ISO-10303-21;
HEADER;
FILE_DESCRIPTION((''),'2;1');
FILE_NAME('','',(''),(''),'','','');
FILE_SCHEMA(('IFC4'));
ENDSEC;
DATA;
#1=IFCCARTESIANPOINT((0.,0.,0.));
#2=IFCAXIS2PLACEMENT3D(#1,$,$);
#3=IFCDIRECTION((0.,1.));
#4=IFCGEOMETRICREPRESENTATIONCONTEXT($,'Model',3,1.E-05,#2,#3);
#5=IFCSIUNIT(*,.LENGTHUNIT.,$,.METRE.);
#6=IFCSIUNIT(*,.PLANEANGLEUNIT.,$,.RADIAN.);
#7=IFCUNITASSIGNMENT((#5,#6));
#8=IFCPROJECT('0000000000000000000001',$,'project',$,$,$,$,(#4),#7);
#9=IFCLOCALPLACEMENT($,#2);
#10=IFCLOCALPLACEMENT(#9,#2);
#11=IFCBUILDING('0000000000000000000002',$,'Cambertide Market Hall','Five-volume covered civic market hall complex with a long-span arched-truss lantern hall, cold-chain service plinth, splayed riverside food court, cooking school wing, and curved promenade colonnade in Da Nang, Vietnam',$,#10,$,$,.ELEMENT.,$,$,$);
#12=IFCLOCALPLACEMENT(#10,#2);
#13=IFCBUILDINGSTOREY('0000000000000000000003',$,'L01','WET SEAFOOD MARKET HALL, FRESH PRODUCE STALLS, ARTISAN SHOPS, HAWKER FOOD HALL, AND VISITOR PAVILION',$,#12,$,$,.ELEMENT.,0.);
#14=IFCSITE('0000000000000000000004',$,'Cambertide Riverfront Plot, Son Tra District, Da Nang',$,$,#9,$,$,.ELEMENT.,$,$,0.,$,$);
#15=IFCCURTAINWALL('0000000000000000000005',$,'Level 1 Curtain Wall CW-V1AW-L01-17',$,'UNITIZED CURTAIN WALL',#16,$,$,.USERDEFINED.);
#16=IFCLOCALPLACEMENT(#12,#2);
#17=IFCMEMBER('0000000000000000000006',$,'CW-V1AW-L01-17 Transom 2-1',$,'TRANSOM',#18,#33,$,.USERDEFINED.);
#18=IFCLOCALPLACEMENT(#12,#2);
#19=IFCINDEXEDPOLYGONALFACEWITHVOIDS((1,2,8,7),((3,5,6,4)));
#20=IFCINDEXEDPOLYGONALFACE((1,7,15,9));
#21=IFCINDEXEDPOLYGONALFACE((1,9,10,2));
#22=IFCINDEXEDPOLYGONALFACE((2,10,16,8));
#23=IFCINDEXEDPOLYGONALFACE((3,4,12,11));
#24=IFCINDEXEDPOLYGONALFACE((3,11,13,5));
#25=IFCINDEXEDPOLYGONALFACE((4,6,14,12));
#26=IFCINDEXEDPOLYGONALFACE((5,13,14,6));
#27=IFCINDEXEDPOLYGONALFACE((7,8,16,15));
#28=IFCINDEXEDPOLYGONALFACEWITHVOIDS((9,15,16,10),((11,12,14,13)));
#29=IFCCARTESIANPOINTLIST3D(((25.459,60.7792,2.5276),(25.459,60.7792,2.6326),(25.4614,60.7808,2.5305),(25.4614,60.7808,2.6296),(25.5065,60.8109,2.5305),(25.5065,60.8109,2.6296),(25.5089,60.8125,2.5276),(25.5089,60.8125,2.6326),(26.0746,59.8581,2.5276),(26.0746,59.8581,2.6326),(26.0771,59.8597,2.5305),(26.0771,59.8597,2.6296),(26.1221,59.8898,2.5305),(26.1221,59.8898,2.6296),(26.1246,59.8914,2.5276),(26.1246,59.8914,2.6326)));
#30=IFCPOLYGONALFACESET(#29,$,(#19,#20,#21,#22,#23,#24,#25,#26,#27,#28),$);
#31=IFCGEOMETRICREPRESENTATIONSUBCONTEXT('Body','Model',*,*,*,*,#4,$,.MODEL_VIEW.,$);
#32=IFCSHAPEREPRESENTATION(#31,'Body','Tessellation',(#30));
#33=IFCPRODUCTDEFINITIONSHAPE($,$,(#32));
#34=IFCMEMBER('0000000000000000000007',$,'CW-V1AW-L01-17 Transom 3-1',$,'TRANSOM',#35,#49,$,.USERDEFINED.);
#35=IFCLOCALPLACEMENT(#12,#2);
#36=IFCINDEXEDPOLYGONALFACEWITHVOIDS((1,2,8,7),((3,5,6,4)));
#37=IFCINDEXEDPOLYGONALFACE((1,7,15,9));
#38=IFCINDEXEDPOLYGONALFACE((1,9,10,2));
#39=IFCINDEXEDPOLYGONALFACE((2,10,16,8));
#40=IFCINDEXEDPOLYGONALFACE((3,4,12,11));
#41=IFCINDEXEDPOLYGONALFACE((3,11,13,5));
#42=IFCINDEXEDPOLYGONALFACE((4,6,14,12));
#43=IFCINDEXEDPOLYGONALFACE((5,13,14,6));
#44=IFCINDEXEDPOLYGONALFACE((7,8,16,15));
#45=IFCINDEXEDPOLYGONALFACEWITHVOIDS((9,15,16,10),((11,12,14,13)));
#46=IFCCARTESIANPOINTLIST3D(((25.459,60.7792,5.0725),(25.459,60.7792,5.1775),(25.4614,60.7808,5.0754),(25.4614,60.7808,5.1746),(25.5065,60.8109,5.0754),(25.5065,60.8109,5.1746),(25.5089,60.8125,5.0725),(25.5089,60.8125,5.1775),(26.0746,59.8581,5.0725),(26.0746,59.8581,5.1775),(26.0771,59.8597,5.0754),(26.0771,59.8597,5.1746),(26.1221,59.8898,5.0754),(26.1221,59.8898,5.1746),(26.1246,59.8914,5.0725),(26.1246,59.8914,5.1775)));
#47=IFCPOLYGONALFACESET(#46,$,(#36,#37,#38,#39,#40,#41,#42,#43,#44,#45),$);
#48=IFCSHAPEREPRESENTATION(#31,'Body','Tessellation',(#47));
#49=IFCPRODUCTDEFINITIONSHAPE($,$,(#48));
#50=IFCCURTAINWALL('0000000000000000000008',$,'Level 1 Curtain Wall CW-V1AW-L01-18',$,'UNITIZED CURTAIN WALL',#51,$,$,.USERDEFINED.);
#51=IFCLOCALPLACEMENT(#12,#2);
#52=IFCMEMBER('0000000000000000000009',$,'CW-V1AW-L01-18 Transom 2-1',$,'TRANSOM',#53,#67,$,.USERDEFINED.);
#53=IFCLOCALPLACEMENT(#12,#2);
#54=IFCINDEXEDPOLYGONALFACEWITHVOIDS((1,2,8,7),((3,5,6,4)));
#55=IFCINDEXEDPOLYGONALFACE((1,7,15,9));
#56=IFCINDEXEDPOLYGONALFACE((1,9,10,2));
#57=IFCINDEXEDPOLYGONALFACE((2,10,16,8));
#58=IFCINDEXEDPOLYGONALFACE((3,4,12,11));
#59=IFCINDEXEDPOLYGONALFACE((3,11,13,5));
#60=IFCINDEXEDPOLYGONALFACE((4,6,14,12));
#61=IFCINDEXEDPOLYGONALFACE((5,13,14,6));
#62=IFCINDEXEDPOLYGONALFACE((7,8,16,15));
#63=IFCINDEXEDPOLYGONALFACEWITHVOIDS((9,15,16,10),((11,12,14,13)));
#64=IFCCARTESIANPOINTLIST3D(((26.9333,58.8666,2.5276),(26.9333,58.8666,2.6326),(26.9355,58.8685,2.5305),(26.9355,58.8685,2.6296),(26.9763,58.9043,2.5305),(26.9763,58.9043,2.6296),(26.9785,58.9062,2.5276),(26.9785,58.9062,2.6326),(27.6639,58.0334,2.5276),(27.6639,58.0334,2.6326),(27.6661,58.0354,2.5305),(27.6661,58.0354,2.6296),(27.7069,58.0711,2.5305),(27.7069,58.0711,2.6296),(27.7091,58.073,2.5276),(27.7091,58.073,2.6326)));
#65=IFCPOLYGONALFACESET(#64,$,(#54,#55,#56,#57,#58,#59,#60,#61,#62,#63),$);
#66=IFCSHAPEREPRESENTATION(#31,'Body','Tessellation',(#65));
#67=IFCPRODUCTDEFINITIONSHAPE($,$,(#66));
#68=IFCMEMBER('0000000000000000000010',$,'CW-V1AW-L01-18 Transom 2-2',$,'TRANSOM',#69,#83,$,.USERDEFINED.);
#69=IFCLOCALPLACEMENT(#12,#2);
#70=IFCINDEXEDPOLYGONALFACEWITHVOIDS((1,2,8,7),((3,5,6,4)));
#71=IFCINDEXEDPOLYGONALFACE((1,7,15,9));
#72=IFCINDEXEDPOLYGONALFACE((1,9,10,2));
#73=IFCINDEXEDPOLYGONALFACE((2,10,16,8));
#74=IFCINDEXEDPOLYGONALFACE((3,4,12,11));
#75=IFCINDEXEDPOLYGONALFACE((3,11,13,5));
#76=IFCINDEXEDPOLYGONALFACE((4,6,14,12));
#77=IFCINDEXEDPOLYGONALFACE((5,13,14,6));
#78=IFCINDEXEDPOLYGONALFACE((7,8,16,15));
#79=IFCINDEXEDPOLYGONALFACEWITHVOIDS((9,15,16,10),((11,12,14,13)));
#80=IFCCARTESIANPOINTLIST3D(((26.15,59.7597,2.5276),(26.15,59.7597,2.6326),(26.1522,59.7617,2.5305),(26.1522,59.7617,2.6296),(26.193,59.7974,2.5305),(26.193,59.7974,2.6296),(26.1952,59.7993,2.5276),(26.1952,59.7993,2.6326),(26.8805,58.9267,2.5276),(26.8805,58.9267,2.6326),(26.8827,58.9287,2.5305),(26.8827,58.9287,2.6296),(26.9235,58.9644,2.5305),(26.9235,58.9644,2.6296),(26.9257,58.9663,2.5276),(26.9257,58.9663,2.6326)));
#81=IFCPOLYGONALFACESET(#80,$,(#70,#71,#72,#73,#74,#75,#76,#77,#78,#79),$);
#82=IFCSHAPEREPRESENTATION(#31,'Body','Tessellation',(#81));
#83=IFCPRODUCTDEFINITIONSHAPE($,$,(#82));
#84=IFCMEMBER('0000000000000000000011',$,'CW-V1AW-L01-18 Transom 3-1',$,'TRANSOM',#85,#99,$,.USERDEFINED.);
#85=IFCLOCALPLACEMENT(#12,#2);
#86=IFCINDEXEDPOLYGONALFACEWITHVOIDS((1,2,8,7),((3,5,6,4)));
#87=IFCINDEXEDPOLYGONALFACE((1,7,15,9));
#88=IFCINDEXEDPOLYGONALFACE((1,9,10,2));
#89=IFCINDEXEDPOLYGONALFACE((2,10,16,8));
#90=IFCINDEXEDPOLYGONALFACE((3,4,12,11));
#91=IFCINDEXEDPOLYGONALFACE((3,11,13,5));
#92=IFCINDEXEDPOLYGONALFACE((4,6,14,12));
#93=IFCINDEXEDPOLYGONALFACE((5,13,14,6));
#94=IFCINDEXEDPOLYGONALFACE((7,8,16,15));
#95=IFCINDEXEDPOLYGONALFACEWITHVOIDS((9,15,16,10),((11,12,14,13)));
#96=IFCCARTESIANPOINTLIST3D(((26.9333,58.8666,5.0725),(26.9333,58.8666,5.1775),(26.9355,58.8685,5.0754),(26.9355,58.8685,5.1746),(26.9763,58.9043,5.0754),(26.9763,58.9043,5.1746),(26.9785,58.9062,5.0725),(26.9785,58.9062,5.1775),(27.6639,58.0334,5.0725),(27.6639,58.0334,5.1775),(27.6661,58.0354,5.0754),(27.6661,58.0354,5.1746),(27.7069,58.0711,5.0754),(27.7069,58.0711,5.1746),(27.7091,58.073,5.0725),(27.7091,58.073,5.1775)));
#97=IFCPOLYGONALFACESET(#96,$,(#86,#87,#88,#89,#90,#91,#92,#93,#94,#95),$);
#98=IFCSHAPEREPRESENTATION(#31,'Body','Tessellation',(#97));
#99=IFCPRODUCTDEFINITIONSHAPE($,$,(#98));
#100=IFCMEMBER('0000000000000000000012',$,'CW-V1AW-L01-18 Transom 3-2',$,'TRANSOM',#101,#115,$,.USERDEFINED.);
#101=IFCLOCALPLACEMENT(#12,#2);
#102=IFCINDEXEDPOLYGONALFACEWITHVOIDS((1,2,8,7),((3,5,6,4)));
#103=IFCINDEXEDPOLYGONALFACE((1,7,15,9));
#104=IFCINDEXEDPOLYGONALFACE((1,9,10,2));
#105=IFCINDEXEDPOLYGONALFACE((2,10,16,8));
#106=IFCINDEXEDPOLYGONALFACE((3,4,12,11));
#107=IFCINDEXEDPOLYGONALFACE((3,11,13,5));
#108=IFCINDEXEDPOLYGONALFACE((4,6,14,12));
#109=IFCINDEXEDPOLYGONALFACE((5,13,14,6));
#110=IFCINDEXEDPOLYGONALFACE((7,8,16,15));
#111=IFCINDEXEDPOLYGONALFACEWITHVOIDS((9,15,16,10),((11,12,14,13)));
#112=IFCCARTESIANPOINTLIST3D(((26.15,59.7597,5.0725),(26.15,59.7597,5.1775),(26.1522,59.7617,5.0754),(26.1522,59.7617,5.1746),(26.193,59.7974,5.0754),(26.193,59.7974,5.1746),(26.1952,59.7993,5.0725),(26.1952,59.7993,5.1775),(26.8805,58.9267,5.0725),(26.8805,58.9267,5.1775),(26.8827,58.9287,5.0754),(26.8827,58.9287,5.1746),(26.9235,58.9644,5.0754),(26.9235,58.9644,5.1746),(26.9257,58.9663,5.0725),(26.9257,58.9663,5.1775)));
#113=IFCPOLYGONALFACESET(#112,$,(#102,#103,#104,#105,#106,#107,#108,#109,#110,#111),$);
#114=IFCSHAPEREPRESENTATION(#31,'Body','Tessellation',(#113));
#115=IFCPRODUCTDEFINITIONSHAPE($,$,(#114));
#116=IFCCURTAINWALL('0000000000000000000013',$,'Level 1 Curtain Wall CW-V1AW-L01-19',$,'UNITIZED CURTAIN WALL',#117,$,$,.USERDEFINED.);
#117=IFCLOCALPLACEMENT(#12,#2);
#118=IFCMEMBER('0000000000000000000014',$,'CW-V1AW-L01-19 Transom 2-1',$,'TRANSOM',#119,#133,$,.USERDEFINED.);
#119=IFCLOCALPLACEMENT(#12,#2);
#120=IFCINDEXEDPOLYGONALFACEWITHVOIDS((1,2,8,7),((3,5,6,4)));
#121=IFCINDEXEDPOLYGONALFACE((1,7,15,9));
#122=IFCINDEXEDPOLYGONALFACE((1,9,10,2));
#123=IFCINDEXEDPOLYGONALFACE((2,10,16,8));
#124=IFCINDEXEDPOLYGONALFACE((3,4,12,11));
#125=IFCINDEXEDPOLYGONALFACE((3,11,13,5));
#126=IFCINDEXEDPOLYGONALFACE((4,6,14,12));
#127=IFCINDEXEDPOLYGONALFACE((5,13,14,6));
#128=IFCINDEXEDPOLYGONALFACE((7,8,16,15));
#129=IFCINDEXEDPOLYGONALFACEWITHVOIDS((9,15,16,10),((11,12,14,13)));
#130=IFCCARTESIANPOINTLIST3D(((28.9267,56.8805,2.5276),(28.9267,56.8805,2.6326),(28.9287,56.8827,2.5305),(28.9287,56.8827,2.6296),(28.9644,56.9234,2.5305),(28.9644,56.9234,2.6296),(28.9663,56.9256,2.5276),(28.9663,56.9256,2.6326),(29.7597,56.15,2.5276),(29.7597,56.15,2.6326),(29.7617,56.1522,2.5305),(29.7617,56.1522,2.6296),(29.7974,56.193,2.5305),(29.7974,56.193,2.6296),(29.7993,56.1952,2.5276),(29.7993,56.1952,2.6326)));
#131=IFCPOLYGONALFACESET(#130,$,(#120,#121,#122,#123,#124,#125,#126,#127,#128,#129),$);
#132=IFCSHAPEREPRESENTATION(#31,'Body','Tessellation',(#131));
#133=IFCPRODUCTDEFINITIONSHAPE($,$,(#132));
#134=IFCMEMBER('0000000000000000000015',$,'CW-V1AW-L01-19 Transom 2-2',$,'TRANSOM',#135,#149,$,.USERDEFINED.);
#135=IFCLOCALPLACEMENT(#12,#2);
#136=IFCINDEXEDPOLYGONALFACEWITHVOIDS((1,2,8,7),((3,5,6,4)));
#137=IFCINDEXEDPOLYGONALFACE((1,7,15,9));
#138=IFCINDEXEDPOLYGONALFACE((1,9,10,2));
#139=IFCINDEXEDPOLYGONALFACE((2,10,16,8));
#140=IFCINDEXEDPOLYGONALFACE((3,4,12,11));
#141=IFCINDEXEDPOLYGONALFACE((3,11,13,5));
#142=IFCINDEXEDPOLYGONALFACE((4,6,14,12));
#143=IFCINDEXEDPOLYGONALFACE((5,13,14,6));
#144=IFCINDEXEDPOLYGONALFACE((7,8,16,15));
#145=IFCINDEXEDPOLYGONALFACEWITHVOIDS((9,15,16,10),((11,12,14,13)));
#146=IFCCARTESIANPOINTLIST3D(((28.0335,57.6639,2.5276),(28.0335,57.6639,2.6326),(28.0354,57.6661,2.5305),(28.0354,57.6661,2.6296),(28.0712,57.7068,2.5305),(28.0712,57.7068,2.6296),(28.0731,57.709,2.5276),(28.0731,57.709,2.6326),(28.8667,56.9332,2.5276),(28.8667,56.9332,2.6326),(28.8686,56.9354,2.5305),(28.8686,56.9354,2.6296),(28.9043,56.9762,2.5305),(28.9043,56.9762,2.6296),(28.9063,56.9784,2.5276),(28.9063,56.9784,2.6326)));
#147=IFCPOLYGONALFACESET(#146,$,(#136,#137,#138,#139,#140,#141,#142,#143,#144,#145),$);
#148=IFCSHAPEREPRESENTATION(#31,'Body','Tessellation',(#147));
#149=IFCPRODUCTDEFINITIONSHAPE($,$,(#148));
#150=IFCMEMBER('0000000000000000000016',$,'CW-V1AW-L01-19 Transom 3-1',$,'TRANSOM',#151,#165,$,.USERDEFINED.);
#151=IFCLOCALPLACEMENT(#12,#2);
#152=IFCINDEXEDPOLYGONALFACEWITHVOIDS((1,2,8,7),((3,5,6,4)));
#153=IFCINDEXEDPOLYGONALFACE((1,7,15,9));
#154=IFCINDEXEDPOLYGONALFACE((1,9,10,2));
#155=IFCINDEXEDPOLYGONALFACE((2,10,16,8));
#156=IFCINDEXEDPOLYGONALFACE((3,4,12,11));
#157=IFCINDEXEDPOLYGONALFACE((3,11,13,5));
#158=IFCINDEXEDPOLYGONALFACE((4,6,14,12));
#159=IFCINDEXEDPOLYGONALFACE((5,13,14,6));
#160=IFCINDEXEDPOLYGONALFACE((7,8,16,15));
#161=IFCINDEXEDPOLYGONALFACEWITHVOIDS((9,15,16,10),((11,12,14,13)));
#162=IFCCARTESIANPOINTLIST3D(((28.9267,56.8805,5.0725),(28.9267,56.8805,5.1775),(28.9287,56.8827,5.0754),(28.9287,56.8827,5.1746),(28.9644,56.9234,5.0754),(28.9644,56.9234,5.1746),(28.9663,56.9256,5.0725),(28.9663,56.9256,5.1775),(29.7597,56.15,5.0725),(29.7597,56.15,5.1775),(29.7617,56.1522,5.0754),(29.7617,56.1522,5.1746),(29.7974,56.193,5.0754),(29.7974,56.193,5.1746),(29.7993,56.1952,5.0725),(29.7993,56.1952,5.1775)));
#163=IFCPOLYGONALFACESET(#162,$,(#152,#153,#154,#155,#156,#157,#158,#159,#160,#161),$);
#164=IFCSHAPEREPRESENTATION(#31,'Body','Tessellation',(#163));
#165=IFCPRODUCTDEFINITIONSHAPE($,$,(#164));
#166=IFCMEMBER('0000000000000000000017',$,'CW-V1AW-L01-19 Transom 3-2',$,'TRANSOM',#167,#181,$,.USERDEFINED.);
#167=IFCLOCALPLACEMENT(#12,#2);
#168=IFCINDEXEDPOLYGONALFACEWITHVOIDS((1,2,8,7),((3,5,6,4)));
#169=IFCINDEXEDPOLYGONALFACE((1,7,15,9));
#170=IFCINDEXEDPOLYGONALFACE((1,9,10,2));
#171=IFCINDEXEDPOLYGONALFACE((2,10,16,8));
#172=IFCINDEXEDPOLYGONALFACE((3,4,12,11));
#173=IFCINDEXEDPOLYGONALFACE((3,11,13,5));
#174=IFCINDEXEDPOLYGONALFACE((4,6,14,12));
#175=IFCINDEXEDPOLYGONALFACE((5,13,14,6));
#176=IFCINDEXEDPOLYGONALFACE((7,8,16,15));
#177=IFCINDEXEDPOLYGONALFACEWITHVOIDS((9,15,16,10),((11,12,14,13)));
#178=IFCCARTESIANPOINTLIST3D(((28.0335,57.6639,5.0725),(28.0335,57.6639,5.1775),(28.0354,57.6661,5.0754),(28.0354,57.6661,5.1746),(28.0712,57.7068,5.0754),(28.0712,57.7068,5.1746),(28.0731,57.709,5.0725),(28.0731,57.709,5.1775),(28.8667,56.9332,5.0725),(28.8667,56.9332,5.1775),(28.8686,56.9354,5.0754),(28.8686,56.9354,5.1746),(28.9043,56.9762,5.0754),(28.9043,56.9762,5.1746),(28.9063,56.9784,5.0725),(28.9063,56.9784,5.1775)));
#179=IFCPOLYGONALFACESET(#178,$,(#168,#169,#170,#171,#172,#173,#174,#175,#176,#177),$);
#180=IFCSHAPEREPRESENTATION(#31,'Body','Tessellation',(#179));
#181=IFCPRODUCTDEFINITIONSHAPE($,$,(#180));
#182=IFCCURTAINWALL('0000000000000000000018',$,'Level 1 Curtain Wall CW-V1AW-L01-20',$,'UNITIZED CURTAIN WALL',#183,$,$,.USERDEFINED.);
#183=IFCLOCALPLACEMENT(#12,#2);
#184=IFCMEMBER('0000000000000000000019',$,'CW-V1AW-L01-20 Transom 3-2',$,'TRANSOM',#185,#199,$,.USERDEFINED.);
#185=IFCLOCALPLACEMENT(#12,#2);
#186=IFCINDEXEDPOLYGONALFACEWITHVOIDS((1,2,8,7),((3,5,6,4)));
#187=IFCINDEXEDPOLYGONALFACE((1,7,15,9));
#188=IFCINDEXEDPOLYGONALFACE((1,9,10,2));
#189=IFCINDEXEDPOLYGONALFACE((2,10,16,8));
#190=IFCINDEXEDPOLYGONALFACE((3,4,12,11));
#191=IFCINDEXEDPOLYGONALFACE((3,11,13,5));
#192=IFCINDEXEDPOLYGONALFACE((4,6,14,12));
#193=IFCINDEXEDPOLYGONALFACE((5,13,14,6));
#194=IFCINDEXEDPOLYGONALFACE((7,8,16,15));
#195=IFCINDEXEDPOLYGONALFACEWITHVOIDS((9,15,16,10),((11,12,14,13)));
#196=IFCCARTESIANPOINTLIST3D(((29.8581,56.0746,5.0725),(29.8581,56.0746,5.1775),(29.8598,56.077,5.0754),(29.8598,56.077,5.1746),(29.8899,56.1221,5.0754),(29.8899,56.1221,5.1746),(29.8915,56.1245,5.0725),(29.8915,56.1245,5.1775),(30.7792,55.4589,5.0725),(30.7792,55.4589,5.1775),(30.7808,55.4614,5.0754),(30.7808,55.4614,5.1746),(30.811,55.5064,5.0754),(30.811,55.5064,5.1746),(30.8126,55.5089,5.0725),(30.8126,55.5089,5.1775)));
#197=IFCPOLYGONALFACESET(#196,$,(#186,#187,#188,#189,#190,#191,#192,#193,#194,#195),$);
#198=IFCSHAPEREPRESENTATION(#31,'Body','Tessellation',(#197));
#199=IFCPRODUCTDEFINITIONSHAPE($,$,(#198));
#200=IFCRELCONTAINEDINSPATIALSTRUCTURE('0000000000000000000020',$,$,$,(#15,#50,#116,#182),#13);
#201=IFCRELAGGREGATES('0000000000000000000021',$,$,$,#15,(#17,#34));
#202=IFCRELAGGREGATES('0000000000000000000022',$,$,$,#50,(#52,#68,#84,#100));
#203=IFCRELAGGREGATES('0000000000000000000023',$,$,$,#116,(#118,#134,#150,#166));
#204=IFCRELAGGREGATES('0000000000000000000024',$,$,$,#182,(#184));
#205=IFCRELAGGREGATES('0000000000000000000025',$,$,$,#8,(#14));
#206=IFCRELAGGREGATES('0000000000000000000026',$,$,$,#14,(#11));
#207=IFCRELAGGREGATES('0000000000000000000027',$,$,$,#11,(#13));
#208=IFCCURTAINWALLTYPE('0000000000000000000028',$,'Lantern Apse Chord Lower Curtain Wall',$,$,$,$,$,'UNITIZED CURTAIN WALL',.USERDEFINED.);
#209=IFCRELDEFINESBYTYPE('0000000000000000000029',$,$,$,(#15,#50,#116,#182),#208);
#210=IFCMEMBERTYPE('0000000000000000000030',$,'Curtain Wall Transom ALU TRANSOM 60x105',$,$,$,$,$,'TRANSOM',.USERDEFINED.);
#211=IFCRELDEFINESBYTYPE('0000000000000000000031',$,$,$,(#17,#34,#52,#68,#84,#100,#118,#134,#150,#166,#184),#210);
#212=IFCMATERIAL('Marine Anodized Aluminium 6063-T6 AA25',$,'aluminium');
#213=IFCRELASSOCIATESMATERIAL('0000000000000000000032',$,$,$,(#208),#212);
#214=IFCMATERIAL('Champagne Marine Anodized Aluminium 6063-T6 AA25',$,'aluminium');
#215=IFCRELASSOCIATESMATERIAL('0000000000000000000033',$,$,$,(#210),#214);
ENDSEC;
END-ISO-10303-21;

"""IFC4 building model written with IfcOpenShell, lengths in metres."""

from ifc_helpers import new_model, si_unit, direction, frame, origin, origin_2d, place, context, subcontext, project, spatial, hollow_rectangle, extrude, material, material_profile, profile_set, type_object, element, aggregate, save


model = new_model("IFC4")

# Units and contexts
model_context = context("Model", 3, precision=1e-05, world=origin(), true_north=direction((0.0, 1.0)))
body_context = subcontext(model_context, "Body", "Model", "MODEL_VIEW")
ifc_project = project(units=[si_unit("LENGTHUNIT", "METRE"), si_unit("PLANEANGLEUNIT", "RADIAN")], contexts=[model_context])

# Site, building, storey
site_placement = place(None, origin())
site = spatial("IfcSite", under=ifc_project, at=site_placement, Name="Cambertide Riverfront Plot, Son Tra District, Da Nang", CompositionType="ELEMENT", RefElevation=0.0)
building_placement = place(site_placement, origin())
building = spatial("IfcBuilding", under=site, at=building_placement, Name="Cambertide Market Hall", Description="Five-volume covered civic market hall complex with a long-span arched-truss lantern hall, cold-chain service plinth, splayed riverside food court, cooking school wing, and curved promenade colonnade in Da Nang, Vietnam", CompositionType="ELEMENT")
storey_placement = place(building_placement, origin())
storey = spatial("IfcBuildingStorey", under=building, at=storey_placement, Name="L01", Description="WET SEAFOOD MARKET HALL, FRESH PRODUCE STALLS, ARTISAN SHOPS, HAWKER FOOD HALL, AND VISITOR PAVILION", CompositionType="ELEMENT", Elevation=0.0)

# Curtain walls, members
ifc_material_1 = material(Name="Marine Anodized Aluminium 6063-T6 AA25", Category="aluminium")
curtain_wall_type = type_object("IfcCurtainWallType", Name="Lantern Apse Chord Lower Curtain Wall", ElementType="UNITIZED CURTAIN WALL", PredefinedType="USERDEFINED", material=ifc_material_1)
curtain_wall_1_placement = place(storey_placement, origin())
curtain_wall_1 = element("IfcCurtainWall", 1, at=curtain_wall_1_placement, inside=storey, type_object=curtain_wall_type, Name="Level 1 Curtain Wall CW-V1AW-L01-17", ObjectType="UNITIZED CURTAIN WALL", PredefinedType="USERDEFINED")
ifc_material_2 = material(Name="Champagne Marine Anodized Aluminium 6063-T6 AA25", Category="aluminium")
ifc_material_profile = material_profile(ifc_material_2, hollow_rectangle(XDim=0.0601, YDim=0.105, WallThickness=0.0029, at=origin_2d()), Name="ALU TRANSOM 60x105")
ifc_profile_set = profile_set([ifc_material_profile], Name="Champagne Marine Anodized Aluminium 6063-T6 AA25")
member_type = type_object("IfcMemberType", Name="Curtain Wall Transom ALU TRANSOM 60x105", ElementType="TRANSOM", PredefinedType="USERDEFINED", material=ifc_profile_set)
member_1_placement = place(storey_placement, frame((26.0996, 59.8748, 2.5801), z_axis=(-0.555717, 0.831372, 0.0), x_axis=(-0.831372, -0.555717, 0.0)))
member_1 = element("IfcMember", 2, at=member_1_placement, type_object=member_type, Name="CW-V1AW-L01-17 Transom 2-1", ObjectType="TRANSOM", PredefinedType="USERDEFINED", context=body_context, shape_type="SweptSolid", body=[
    extrude(hollow_rectangle(XDim=0.0601, YDim=0.105, WallThickness=0.0029, at=origin_2d()), origin(), (0.0, 0.0, 1.0), 1.1079),
])
member_2_placement = place(storey_placement, frame((26.0996, 59.8748, 5.125), z_axis=(-0.555717, 0.831372, 0.0), x_axis=(-0.831372, -0.555717, 0.0)))
member_2 = element("IfcMember", 3, at=member_2_placement, type_object=member_type, Name="CW-V1AW-L01-17 Transom 3-1", ObjectType="TRANSOM", PredefinedType="USERDEFINED", context=body_context, shape_type="SweptSolid", body=[
    extrude(hollow_rectangle(XDim=0.0601, YDim=0.105, WallThickness=0.0029, at=origin_2d()), origin(), (0.0, 0.0, 1.0), 1.1079),
])
curtain_wall_2_placement = place(storey_placement, origin())
curtain_wall_2 = element("IfcCurtainWall", 4, at=curtain_wall_2_placement, inside=storey, type_object=curtain_wall_type, Name="Level 1 Curtain Wall CW-V1AW-L01-18", ObjectType="UNITIZED CURTAIN WALL", PredefinedType="USERDEFINED")
member_3_placement = place(storey_placement, frame((27.6865, 58.0532, 2.5801), z_axis=(-0.659331, 0.751853, 0.0), x_axis=(-0.751853, -0.659331, 0.0)))
member_3 = element("IfcMember", 5, at=member_3_placement, type_object=member_type, Name="CW-V1AW-L01-18 Transom 2-1", ObjectType="TRANSOM", PredefinedType="USERDEFINED", context=body_context, shape_type="SweptSolid", body=[
    extrude(hollow_rectangle(XDim=0.0601, YDim=0.105, WallThickness=0.0029, at=origin_2d()), origin(), (0.0, 0.0, 1.0), 1.1082),
])
member_4_placement = place(storey_placement, frame((26.9031, 58.9465, 2.5801), z_axis=(-0.659315, 0.751866, 0.0), x_axis=(-0.751866, -0.659315, 0.0)))
member_4 = element("IfcMember", 6, at=member_4_placement, type_object=member_type, Name="CW-V1AW-L01-18 Transom 2-2", ObjectType="TRANSOM", PredefinedType="USERDEFINED", context=body_context, shape_type="SweptSolid", body=[
    extrude(hollow_rectangle(XDim=0.0601, YDim=0.105, WallThickness=0.0029, at=origin_2d()), origin(), (0.0, 0.0, 1.0), 1.1079),
])
member_5_placement = place(storey_placement, frame((27.6865, 58.0532, 5.125), z_axis=(-0.659331, 0.751853, 0.0), x_axis=(-0.751853, -0.659331, 0.0)))
member_5 = element("IfcMember", 7, at=member_5_placement, type_object=member_type, Name="CW-V1AW-L01-18 Transom 3-1", ObjectType="TRANSOM", PredefinedType="USERDEFINED", context=body_context, shape_type="SweptSolid", body=[
    extrude(hollow_rectangle(XDim=0.0601, YDim=0.105, WallThickness=0.0029, at=origin_2d()), origin(), (0.0, 0.0, 1.0), 1.1082),
])
member_6_placement = place(storey_placement, frame((26.9031, 58.9465, 5.125), z_axis=(-0.659315, 0.751866, 0.0), x_axis=(-0.751866, -0.659315, 0.0)))
member_6 = element("IfcMember", 8, at=member_6_placement, type_object=member_type, Name="CW-V1AW-L01-18 Transom 3-2", ObjectType="TRANSOM", PredefinedType="USERDEFINED", context=body_context, shape_type="SweptSolid", body=[
    extrude(hollow_rectangle(XDim=0.0601, YDim=0.105, WallThickness=0.0029, at=origin_2d()), origin(), (0.0, 0.0, 1.0), 1.1079),
])
curtain_wall_3_placement = place(storey_placement, origin())
curtain_wall_3 = element("IfcCurtainWall", 9, at=curtain_wall_3_placement, inside=storey, type_object=curtain_wall_type, Name="Level 1 Curtain Wall CW-V1AW-L01-19", ObjectType="UNITIZED CURTAIN WALL", PredefinedType="USERDEFINED")
member_7_placement = place(storey_placement, frame((29.7795, 56.1726, 2.5801), z_axis=(-0.751866, 0.659315, 0.0), x_axis=(-0.659315, -0.751866, 0.0)))
member_7 = element("IfcMember", 10, at=member_7_placement, type_object=member_type, Name="CW-V1AW-L01-19 Transom 2-1", ObjectType="TRANSOM", PredefinedType="USERDEFINED", context=body_context, shape_type="SweptSolid", body=[
    extrude(hollow_rectangle(XDim=0.0601, YDim=0.105, WallThickness=0.0029, at=origin_2d()), origin(), (0.0, 0.0, 1.0), 1.1079),
])
member_8_placement = place(storey_placement, frame((28.8865, 56.9558, 2.5801), z_axis=(-0.751853, 0.659331, 0.0), x_axis=(-0.659331, -0.751853, 0.0)))
member_8 = element("IfcMember", 11, at=member_8_placement, type_object=member_type, Name="CW-V1AW-L01-19 Transom 2-2", ObjectType="TRANSOM", PredefinedType="USERDEFINED", context=body_context, shape_type="SweptSolid", body=[
    extrude(hollow_rectangle(XDim=0.0601, YDim=0.105, WallThickness=0.0029, at=origin_2d()), origin(), (0.0, 0.0, 1.0), 1.1082),
])
member_9_placement = place(storey_placement, frame((29.7795, 56.1726, 5.125), z_axis=(-0.751866, 0.659315, 0.0), x_axis=(-0.659315, -0.751866, 0.0)))
member_9 = element("IfcMember", 12, at=member_9_placement, type_object=member_type, Name="CW-V1AW-L01-19 Transom 3-1", ObjectType="TRANSOM", PredefinedType="USERDEFINED", context=body_context, shape_type="SweptSolid", body=[
    extrude(hollow_rectangle(XDim=0.0601, YDim=0.105, WallThickness=0.0029, at=origin_2d()), origin(), (0.0, 0.0, 1.0), 1.1079),
])
member_10_placement = place(storey_placement, frame((28.8865, 56.9558, 5.125), z_axis=(-0.751853, 0.659331, 0.0), x_axis=(-0.659331, -0.751853, 0.0)))
member_10 = element("IfcMember", 13, at=member_10_placement, type_object=member_type, Name="CW-V1AW-L01-19 Transom 3-2", ObjectType="TRANSOM", PredefinedType="USERDEFINED", context=body_context, shape_type="SweptSolid", body=[
    extrude(hollow_rectangle(XDim=0.0601, YDim=0.105, WallThickness=0.0029, at=origin_2d()), origin(), (0.0, 0.0, 1.0), 1.1082),
])

# Curtain wall, member
curtain_wall_4_placement = place(storey_placement, origin())
curtain_wall_4 = element("IfcCurtainWall", 14, at=curtain_wall_4_placement, inside=storey, type_object=curtain_wall_type, Name="Level 1 Curtain Wall CW-V1AW-L01-20", ObjectType="UNITIZED CURTAIN WALL", PredefinedType="USERDEFINED")
member_11_placement = place(storey_placement, frame((30.7959, 55.4839, 5.125), z_axis=(-0.831372, 0.555717, 0.0), x_axis=(-0.555717, -0.831372, 0.0)))
member_11 = element("IfcMember", 15, at=member_11_placement, type_object=member_type, Name="CW-V1AW-L01-20 Transom 3-2", ObjectType="TRANSOM", PredefinedType="USERDEFINED", context=body_context, shape_type="SweptSolid", body=[
    extrude(hollow_rectangle(XDim=0.0601, YDim=0.105, WallThickness=0.0029, at=origin_2d()), origin(), (0.0, 0.0, 1.0), 1.1079),
])

aggregate(curtain_wall_1, [member_1, member_2])
aggregate(curtain_wall_2, [member_3, member_4, member_5, member_6])
aggregate(curtain_wall_3, [member_7, member_8, member_9, member_10])
aggregate(curtain_wall_4, [member_11])

save(model, "model.ifc")
